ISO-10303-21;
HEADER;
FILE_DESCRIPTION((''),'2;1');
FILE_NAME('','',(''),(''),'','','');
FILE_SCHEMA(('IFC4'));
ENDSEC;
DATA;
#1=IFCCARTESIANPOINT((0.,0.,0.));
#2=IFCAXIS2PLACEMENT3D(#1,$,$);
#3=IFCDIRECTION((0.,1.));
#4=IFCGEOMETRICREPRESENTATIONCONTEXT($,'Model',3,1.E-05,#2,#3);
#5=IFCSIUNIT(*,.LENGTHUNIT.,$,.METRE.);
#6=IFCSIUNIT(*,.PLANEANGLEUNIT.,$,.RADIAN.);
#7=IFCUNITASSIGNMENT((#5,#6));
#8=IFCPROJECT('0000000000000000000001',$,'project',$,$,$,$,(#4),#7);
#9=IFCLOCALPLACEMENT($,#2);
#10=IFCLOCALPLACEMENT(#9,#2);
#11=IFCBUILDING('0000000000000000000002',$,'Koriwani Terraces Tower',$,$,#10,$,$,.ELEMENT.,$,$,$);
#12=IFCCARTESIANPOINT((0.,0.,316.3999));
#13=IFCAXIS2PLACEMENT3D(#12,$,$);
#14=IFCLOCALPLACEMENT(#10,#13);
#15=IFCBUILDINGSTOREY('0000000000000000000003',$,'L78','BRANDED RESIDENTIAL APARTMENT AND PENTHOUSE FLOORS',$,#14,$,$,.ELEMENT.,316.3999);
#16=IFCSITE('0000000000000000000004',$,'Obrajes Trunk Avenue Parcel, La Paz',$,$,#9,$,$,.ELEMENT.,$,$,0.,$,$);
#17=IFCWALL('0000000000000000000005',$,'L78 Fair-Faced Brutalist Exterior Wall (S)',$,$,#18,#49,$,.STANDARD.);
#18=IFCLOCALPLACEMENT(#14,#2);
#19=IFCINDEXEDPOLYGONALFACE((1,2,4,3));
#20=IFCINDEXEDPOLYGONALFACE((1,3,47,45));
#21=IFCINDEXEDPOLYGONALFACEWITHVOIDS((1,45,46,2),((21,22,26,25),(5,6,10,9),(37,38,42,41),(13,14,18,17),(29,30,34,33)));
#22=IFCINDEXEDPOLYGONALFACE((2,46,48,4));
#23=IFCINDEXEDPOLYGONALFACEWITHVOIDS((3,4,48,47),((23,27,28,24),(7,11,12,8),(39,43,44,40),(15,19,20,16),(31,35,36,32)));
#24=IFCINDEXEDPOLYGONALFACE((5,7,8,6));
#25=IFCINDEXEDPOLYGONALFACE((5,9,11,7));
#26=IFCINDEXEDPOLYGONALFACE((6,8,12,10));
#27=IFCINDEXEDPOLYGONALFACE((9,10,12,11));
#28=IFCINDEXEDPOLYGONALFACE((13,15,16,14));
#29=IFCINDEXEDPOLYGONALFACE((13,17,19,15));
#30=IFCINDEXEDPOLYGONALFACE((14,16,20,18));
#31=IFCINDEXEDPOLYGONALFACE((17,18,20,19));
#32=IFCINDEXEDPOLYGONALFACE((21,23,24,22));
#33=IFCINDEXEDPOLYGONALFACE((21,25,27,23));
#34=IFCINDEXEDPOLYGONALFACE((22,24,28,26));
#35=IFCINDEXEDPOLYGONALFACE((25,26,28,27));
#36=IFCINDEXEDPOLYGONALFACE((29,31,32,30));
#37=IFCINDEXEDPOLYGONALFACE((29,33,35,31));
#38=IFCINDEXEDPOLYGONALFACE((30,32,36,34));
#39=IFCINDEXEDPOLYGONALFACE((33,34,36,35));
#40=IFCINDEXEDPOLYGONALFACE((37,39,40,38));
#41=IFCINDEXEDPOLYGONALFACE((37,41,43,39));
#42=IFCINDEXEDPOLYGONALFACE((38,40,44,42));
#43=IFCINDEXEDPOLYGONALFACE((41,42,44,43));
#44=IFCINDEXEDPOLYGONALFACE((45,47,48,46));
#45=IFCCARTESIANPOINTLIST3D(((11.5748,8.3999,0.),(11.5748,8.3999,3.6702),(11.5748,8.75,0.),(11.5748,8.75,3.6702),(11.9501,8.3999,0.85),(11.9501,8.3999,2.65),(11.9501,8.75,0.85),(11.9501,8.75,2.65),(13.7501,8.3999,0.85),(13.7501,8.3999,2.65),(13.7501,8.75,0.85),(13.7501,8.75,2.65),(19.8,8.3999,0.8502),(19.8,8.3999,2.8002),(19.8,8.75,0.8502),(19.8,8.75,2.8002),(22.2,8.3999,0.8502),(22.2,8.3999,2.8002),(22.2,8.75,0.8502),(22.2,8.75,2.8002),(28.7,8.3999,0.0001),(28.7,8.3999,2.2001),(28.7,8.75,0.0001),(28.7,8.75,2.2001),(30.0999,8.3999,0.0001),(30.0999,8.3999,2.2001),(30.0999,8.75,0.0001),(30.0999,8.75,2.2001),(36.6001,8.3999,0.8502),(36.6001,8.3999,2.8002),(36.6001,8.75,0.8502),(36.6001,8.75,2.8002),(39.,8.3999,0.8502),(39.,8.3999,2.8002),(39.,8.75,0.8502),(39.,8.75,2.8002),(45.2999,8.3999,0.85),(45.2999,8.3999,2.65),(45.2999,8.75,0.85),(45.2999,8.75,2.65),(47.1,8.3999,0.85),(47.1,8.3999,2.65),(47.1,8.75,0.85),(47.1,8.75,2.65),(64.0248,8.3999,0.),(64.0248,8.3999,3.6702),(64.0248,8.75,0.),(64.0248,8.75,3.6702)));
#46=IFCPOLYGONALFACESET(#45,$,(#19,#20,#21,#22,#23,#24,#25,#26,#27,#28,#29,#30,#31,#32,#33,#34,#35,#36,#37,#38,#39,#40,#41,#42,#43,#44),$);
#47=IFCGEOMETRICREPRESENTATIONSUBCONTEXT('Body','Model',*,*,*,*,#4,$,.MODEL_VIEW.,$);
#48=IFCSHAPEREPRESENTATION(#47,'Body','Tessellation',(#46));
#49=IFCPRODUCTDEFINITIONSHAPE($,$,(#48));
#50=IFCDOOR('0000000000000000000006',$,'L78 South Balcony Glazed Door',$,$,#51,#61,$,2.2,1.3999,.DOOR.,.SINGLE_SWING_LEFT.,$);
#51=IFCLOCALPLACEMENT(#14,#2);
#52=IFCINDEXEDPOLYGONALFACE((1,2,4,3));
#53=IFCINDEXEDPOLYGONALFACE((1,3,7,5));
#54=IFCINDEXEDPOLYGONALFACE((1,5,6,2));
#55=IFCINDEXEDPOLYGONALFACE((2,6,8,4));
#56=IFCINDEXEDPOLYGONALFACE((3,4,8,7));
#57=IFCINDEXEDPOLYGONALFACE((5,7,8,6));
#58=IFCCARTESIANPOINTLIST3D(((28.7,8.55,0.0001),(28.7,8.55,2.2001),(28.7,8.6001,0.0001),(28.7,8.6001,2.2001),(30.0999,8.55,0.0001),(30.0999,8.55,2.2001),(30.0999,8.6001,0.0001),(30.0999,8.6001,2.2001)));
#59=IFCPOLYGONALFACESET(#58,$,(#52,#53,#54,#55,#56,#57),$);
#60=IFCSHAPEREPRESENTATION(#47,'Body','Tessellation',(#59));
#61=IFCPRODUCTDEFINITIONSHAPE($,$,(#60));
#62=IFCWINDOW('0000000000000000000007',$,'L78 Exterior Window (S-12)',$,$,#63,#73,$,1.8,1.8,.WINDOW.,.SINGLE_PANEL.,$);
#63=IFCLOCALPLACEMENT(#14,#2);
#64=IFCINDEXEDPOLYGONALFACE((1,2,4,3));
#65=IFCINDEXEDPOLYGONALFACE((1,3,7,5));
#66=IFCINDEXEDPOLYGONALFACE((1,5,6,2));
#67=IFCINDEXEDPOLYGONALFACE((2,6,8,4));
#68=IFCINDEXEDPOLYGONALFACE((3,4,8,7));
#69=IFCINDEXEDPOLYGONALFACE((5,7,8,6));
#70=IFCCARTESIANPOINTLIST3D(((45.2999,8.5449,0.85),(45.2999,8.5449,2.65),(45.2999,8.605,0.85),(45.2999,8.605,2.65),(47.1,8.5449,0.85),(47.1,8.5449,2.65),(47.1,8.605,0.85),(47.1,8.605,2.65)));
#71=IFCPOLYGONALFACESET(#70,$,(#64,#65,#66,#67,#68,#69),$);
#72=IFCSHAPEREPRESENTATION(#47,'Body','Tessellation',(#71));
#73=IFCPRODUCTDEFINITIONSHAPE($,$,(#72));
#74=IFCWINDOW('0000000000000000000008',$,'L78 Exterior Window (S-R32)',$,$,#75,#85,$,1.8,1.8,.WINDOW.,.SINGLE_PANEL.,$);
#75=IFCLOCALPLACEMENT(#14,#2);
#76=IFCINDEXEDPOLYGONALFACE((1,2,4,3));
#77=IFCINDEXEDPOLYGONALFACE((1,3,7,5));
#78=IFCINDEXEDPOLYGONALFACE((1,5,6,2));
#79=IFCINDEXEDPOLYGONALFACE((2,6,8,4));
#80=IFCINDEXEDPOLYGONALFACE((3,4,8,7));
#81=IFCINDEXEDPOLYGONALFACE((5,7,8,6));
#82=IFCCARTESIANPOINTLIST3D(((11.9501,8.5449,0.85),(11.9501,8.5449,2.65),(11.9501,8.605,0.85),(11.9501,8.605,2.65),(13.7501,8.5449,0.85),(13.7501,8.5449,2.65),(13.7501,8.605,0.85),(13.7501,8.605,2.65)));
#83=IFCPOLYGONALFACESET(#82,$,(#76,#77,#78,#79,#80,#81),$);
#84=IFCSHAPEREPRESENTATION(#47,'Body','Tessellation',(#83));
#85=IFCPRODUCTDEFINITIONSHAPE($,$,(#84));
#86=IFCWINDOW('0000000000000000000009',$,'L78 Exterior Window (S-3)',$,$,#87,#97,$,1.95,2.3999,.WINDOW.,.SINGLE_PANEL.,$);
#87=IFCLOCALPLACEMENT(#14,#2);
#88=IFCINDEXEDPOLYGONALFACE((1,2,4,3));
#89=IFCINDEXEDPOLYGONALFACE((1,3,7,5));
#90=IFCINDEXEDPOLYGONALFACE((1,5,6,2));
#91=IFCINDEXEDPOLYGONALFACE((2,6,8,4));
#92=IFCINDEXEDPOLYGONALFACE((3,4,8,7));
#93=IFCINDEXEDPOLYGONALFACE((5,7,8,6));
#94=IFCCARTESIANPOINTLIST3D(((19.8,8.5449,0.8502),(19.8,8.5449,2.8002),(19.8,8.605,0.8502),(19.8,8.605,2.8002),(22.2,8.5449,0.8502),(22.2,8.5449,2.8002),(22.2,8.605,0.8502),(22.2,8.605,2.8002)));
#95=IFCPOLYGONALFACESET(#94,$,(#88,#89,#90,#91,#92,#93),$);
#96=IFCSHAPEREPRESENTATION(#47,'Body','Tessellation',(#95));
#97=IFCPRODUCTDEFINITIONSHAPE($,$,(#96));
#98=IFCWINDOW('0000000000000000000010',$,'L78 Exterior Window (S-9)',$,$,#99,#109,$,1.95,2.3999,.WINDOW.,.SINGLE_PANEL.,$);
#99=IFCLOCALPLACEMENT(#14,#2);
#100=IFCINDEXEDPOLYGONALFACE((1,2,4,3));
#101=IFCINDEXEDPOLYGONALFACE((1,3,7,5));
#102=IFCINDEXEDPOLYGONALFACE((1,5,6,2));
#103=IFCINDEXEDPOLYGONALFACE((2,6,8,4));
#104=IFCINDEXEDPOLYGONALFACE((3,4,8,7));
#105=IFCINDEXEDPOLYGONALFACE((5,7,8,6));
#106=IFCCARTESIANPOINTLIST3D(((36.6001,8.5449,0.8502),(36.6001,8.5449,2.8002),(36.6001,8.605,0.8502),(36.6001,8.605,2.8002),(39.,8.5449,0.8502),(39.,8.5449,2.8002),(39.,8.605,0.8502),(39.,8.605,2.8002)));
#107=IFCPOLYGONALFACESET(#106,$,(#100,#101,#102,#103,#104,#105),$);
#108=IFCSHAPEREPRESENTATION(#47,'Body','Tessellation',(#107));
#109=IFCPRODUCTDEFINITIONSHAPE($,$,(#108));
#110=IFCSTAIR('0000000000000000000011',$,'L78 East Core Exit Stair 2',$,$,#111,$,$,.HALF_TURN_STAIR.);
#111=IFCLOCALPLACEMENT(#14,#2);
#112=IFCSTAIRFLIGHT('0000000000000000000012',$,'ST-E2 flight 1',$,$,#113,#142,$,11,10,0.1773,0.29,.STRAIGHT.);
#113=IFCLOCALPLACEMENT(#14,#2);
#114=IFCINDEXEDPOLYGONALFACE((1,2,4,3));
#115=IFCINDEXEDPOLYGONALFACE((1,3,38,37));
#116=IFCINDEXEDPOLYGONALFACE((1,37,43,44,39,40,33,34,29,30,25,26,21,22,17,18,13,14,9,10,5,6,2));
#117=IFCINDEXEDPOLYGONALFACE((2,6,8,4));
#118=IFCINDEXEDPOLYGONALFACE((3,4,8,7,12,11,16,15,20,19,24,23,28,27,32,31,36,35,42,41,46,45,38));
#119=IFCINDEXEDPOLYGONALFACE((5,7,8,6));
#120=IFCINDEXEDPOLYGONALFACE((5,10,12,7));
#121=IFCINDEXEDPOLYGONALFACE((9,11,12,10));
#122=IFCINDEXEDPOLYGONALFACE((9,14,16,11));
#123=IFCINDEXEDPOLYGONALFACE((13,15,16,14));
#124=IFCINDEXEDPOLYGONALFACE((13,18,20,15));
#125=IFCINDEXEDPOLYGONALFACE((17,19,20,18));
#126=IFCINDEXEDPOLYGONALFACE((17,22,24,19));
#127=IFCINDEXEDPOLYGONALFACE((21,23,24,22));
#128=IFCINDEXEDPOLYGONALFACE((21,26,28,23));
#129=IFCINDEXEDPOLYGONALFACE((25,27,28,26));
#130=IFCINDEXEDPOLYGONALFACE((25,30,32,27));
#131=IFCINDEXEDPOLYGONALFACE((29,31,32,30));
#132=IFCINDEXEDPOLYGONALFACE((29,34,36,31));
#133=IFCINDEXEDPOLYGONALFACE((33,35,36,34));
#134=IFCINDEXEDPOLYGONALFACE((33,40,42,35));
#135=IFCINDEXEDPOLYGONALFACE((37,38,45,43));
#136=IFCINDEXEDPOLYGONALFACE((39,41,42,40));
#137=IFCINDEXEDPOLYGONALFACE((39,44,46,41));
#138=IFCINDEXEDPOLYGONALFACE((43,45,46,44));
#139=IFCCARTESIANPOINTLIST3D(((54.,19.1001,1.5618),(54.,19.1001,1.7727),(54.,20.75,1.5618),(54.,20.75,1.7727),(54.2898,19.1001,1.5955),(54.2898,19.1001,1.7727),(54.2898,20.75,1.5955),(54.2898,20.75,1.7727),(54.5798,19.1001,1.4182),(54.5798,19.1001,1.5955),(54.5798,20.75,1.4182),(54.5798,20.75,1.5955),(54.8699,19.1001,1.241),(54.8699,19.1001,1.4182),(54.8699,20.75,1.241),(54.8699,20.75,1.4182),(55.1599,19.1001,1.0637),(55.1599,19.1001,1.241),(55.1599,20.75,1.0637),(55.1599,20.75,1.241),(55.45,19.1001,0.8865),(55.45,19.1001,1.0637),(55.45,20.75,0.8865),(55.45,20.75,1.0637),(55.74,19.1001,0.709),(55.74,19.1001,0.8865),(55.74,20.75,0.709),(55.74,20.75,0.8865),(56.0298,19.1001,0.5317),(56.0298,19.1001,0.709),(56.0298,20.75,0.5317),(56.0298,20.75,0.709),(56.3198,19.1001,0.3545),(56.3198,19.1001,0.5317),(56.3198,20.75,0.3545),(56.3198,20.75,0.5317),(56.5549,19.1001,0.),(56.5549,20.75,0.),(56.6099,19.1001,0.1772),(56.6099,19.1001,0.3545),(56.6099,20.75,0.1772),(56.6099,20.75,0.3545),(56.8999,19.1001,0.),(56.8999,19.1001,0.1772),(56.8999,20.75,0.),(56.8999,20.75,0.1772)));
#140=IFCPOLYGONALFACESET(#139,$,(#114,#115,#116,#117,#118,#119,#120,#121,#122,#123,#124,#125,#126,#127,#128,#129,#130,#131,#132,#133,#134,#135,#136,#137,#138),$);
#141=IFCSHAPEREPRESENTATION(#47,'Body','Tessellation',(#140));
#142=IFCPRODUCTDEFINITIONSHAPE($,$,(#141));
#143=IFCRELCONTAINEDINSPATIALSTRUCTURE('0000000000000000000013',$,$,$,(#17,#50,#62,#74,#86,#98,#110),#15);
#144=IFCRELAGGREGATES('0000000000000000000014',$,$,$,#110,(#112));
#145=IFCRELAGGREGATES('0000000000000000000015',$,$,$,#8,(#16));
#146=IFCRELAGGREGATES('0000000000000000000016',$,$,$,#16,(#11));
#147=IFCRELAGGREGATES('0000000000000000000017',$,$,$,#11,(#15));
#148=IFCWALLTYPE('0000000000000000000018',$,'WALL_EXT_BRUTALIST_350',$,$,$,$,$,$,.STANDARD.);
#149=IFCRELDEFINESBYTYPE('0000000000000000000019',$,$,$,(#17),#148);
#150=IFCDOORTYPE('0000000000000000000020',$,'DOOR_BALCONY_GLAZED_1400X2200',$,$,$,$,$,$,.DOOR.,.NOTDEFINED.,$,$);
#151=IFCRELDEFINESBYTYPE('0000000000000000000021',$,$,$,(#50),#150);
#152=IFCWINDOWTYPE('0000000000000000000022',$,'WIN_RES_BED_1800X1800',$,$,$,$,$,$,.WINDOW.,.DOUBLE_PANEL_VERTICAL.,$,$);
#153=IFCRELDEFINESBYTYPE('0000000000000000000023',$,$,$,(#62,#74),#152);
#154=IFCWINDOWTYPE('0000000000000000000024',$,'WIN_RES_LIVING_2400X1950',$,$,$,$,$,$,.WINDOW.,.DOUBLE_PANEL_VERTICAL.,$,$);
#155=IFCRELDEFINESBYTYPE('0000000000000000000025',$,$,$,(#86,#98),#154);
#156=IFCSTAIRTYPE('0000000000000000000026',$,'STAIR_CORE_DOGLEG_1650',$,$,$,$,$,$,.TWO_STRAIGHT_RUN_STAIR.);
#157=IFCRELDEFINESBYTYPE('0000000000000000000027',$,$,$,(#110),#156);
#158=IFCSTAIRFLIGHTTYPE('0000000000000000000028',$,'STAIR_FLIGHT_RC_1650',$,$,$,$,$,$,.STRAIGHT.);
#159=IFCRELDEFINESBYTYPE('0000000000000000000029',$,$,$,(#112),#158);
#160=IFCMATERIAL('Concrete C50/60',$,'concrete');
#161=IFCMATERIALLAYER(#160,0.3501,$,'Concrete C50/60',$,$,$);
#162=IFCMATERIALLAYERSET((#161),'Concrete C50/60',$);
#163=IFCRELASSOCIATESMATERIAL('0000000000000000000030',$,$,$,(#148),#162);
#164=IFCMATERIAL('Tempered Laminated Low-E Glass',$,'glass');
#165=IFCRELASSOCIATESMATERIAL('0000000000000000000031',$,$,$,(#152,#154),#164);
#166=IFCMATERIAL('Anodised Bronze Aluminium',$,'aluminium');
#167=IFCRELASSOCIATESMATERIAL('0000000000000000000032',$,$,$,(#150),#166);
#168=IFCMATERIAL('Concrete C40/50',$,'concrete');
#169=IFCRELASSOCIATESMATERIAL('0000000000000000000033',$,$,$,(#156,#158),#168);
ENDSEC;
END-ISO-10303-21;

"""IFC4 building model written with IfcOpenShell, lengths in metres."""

from ifc_helpers import new_model, si_unit, direction, frame, frame_2d, origin, place, context, subcontext, project, spatial, polyline, rectangle, outline, extrude, material, layer, layer_set, type_object, element, fill, aggregate, save


model = new_model("IFC4")

# Units and contexts
model_context = context("Model", 3, precision=1e-05, world=origin(), true_north=direction((0.0, 1.0)))
body_context = subcontext(model_context, "Body", "Model", "MODEL_VIEW")
ifc_project = project(units=[si_unit("LENGTHUNIT", "METRE"), si_unit("PLANEANGLEUNIT", "RADIAN")], contexts=[model_context])

# Site, building, storey
site_placement = place(None, origin())
site = spatial("IfcSite", under=ifc_project, at=site_placement, Name="Obrajes Trunk Avenue Parcel, La Paz", CompositionType="ELEMENT", RefElevation=0.0)
building_placement = place(site_placement, origin())
building = spatial("IfcBuilding", under=site, at=building_placement, Name="Koriwani Terraces Tower", CompositionType="ELEMENT")
storey_placement = place(building_placement, frame((0.0, 0.0, 316.3999)))
storey = spatial("IfcBuildingStorey", under=building, at=storey_placement, Name="L78", Description="BRANDED RESIDENTIAL APARTMENT AND PENTHOUSE FLOORS", CompositionType="ELEMENT", Elevation=316.3999)

# Shared definitions
ifc_material_1 = material(Name="Concrete C50/60", Category="concrete")

# Shared definitions
ifc_material_2 = material(Name="Concrete C40/50", Category="concrete")

# Shared definitions
ifc_layer_1 = layer(ifc_material_1, 0.3501, Name="Concrete C50/60")
ifc_layer_set_1 = layer_set([ifc_layer_1], Name="Concrete C50/60")
wall_type_1 = type_object("IfcWallType", Name="WALL_EXT_BRUTALIST_350", PredefinedType="STANDARD", material=ifc_layer_set_1)
ifc_material_3 = material(Name="Tempered Laminated Low-E Glass", Category="glass")
window_type_1 = type_object("IfcWindowType", Name="WIN_RES_BED_1800X1800", PartitioningType="DOUBLE_PANEL_VERTICAL", PredefinedType="WINDOW", material=ifc_material_3)

# Wall, openings, door, windows
wall_1_placement = place(storey_placement, frame((64.0249, 8.575, 0.0), z_axis=(0.0, 0.0, 1.0), x_axis=(-1.0, 0.0, 0.0)))
wall_1 = element("IfcWall", 1, at=wall_1_placement, inside=storey, type_object=wall_type_1, Name="L78 Fair-Faced Brutalist Exterior Wall (S)", PredefinedType="STANDARD", context=body_context, shape_type="SweptSolid", body=[
    extrude(rectangle(XDim=52.45, YDim=0.3501, at=frame_2d((26.2251, 0.0))), origin(), (0.0, 0.0, 1.0), 3.6702),
])
opening_1_placement = place(wall_1_placement, frame((33.925, 0.0, 0.0)))
opening_1 = element("IfcOpeningElement", 2, at=opening_1_placement, cuts=wall_1, PredefinedType="OPENING", context=body_context, shape_type="SweptSolid", body=[
    extrude(rectangle(XDim=1.3999, YDim=2.2, at=frame_2d((0.7, 1.1001))), frame((0.0, 0.1851, 0.0), z_axis=(0.0, -1.0, 0.0), x_axis=(1.0, 0.0, 0.0)), (0.0, 0.0, 1.0), 0.3701),
])
opening_2_placement = place(wall_1_placement, frame((41.825, 0.0, 0.8501)))
opening_2 = element("IfcOpeningElement", 3, at=opening_2_placement, cuts=wall_1, PredefinedType="OPENING", context=body_context, shape_type="SweptSolid", body=[
    extrude(rectangle(XDim=2.3999, YDim=1.95, at=frame_2d((1.2, 0.9751))), frame((0.0, 0.1851, 0.0), z_axis=(0.0, -1.0, 0.0), x_axis=(1.0, 0.0, 0.0)), (0.0, 0.0, 1.0), 0.3701),
])
opening_3_placement = place(wall_1_placement, frame((25.0249, 0.0, 0.8501)))
opening_3 = element("IfcOpeningElement", 4, at=opening_3_placement, cuts=wall_1, PredefinedType="OPENING", context=body_context, shape_type="SweptSolid", body=[
    extrude(rectangle(XDim=2.3999, YDim=1.95, at=frame_2d((1.2, 0.9751))), frame((0.0, 0.1851, 0.0), z_axis=(0.0, -1.0, 0.0), x_axis=(1.0, 0.0, 0.0)), (0.0, 0.0, 1.0), 0.3701),
])
opening_4_placement = place(wall_1_placement, frame((16.925, 0.0, 0.8501)))
opening_4 = element("IfcOpeningElement", 5, at=opening_4_placement, cuts=wall_1, PredefinedType="OPENING", context=body_context, shape_type="SweptSolid", body=[
    extrude(rectangle(XDim=1.8, YDim=1.8, at=frame_2d((0.8999, 0.8999))), frame((0.0, 0.1851, 0.0), z_axis=(0.0, -1.0, 0.0), x_axis=(1.0, 0.0, 0.0)), (0.0, 0.0, 1.0), 0.3701),
])
opening_5_placement = place(wall_1_placement, frame((50.2749, 0.0, 0.8501)))
opening_5 = element("IfcOpeningElement", 6, at=opening_5_placement, cuts=wall_1, PredefinedType="OPENING", context=body_context, shape_type="SweptSolid", body=[
    extrude(rectangle(XDim=1.8, YDim=1.8, at=frame_2d((0.8999, 0.8999))), frame((0.0, 0.1851, 0.0), z_axis=(0.0, -1.0, 0.0), x_axis=(1.0, 0.0, 0.0)), (0.0, 0.0, 1.0), 0.3701),
])
ifc_material_4 = material(Name="Anodised Bronze Aluminium", Category="aluminium")
door_type_1 = type_object("IfcDoorType", Name="DOOR_BALCONY_GLAZED_1400X2200", OperationType="NOTDEFINED", PredefinedType="DOOR", material=ifc_material_4)
door_1_placement = place(opening_1_placement, origin())
door_1 = element("IfcDoor", 7, at=door_1_placement, inside=storey, type_object=door_type_1, Name="L78 South Balcony Glazed Door", OperationType="SINGLE_SWING_LEFT", OverallHeight=2.2, OverallWidth=1.3999, PredefinedType="DOOR", context=body_context, shape_type="SweptSolid", body=[
    extrude(rectangle(XDim=1.3999, YDim=2.2, at=frame_2d((0.7, 1.1001))), frame((0.0, 0.0249, 0.0), z_axis=(0.0, -1.0, 0.0), x_axis=(1.0, 0.0, 0.0)), (0.0, 0.0, 1.0), 0.05),
])
fill(opening_1, door_1)
window_1_placement = place(opening_4_placement, origin())
window_1 = element("IfcWindow", 8, at=window_1_placement, inside=storey, type_object=window_type_1, Name="L78 Exterior Window (S-12)", OverallHeight=1.8, OverallWidth=1.8, PartitioningType="SINGLE_PANEL", PredefinedType="WINDOW", context=body_context, shape_type="SweptSolid", body=[
    extrude(rectangle(XDim=1.8, YDim=1.8, at=frame_2d((0.8999, 0.8999))), frame((0.0, 0.03, 0.0), z_axis=(0.0, -1.0, 0.0), x_axis=(1.0, 0.0, 0.0)), (0.0, 0.0, 1.0), 0.0601),
])
fill(opening_4, window_1)
window_2_placement = place(opening_5_placement, origin())
window_2 = element("IfcWindow", 9, at=window_2_placement, inside=storey, type_object=window_type_1, Name="L78 Exterior Window (S-R32)", OverallHeight=1.8, OverallWidth=1.8, PartitioningType="SINGLE_PANEL", PredefinedType="WINDOW", context=body_context, shape_type="SweptSolid", body=[
    extrude(rectangle(XDim=1.8, YDim=1.8, at=frame_2d((0.8999, 0.8999))), frame((0.0, 0.03, 0.0), z_axis=(0.0, -1.0, 0.0), x_axis=(1.0, 0.0, 0.0)), (0.0, 0.0, 1.0), 0.0601),
])
fill(opening_5, window_2)
window_type_2 = type_object("IfcWindowType", Name="WIN_RES_LIVING_2400X1950", PartitioningType="DOUBLE_PANEL_VERTICAL", PredefinedType="WINDOW", material=ifc_material_3)
window_3_placement = place(opening_2_placement, origin())
window_3 = element("IfcWindow", 10, at=window_3_placement, inside=storey, type_object=window_type_2, Name="L78 Exterior Window (S-3)", OverallHeight=1.95, OverallWidth=2.3999, PartitioningType="SINGLE_PANEL", PredefinedType="WINDOW", context=body_context, shape_type="SweptSolid", body=[
    extrude(rectangle(XDim=2.3999, YDim=1.95, at=frame_2d((1.2, 0.9751))), frame((0.0, 0.03, 0.0), z_axis=(0.0, -1.0, 0.0), x_axis=(1.0, 0.0, 0.0)), (0.0, 0.0, 1.0), 0.0601),
])
fill(opening_2, window_3)
window_4_placement = place(opening_3_placement, origin())
window_4 = element("IfcWindow", 11, at=window_4_placement, inside=storey, type_object=window_type_2, Name="L78 Exterior Window (S-9)", OverallHeight=1.95, OverallWidth=2.3999, PartitioningType="SINGLE_PANEL", PredefinedType="WINDOW", context=body_context, shape_type="SweptSolid", body=[
    extrude(rectangle(XDim=2.3999, YDim=1.95, at=frame_2d((1.2, 0.9751))), frame((0.0, 0.03, 0.0), z_axis=(0.0, -1.0, 0.0), x_axis=(1.0, 0.0, 0.0)), (0.0, 0.0, 1.0), 0.0601),
])
fill(opening_3, window_4)

# Stair, stair flight
stair_type = type_object("IfcStairType", Name="STAIR_CORE_DOGLEG_1650", PredefinedType="TWO_STRAIGHT_RUN_STAIR", material=ifc_material_2)
stair_placement = place(storey_placement, origin())
stair = element("IfcStair", 12, at=stair_placement, inside=storey, type_object=stair_type, Name="L78 East Core Exit Stair 2", PredefinedType="HALF_TURN_STAIR")
stair_flight_type = type_object("IfcStairFlightType", Name="STAIR_FLIGHT_RC_1650", PredefinedType="STRAIGHT", material=ifc_material_2)
stair_flight_placement = place(storey_placement, frame((56.8999, 19.925, 0.0), z_axis=(0.0, 0.0, 1.0), x_axis=(-1.0, 0.0, 0.0)))
stair_flight = element("IfcStairFlight", 13, at=stair_flight_placement, type_object=stair_flight_type, Name="ST-E2 flight 1", NumberOfRisers=11, NumberOfTreads=10, PredefinedType="STRAIGHT", RiserHeight=0.1773, TreadLength=0.29, context=body_context, shape_type="SweptSolid", body=[
    extrude(outline(polyline([(0.0, 0.0), (0.0, 0.1772), (0.29, 0.1772), (0.29, 0.3545), (0.5801, 0.3545), (0.5801, 0.5317), (0.8701, 0.5317), (0.8701, 0.709), (1.1599, 0.709), (1.1599, 0.8865), (1.45, 0.8865), (1.45, 1.0637), (1.74, 1.0637), (1.74, 1.241), (2.03, 1.241), (2.03, 1.4182), (2.3201, 1.4182), (2.3201, 1.5955), (2.6101, 1.5955), (2.6101, 1.7727), (2.8999, 1.7727), (2.8999, 1.95), (2.8999, 1.5618), (0.345, 0.0), (0.0, 0.0)])), frame((0.0, 0.825, 0.0), z_axis=(0.0, -1.0, 0.0), x_axis=(1.0, 0.0, 0.0)), (0.0, 0.0, 1.0), 1.6499),
])
aggregate(stair, [stair_flight])

save(model, "model.ifc")
